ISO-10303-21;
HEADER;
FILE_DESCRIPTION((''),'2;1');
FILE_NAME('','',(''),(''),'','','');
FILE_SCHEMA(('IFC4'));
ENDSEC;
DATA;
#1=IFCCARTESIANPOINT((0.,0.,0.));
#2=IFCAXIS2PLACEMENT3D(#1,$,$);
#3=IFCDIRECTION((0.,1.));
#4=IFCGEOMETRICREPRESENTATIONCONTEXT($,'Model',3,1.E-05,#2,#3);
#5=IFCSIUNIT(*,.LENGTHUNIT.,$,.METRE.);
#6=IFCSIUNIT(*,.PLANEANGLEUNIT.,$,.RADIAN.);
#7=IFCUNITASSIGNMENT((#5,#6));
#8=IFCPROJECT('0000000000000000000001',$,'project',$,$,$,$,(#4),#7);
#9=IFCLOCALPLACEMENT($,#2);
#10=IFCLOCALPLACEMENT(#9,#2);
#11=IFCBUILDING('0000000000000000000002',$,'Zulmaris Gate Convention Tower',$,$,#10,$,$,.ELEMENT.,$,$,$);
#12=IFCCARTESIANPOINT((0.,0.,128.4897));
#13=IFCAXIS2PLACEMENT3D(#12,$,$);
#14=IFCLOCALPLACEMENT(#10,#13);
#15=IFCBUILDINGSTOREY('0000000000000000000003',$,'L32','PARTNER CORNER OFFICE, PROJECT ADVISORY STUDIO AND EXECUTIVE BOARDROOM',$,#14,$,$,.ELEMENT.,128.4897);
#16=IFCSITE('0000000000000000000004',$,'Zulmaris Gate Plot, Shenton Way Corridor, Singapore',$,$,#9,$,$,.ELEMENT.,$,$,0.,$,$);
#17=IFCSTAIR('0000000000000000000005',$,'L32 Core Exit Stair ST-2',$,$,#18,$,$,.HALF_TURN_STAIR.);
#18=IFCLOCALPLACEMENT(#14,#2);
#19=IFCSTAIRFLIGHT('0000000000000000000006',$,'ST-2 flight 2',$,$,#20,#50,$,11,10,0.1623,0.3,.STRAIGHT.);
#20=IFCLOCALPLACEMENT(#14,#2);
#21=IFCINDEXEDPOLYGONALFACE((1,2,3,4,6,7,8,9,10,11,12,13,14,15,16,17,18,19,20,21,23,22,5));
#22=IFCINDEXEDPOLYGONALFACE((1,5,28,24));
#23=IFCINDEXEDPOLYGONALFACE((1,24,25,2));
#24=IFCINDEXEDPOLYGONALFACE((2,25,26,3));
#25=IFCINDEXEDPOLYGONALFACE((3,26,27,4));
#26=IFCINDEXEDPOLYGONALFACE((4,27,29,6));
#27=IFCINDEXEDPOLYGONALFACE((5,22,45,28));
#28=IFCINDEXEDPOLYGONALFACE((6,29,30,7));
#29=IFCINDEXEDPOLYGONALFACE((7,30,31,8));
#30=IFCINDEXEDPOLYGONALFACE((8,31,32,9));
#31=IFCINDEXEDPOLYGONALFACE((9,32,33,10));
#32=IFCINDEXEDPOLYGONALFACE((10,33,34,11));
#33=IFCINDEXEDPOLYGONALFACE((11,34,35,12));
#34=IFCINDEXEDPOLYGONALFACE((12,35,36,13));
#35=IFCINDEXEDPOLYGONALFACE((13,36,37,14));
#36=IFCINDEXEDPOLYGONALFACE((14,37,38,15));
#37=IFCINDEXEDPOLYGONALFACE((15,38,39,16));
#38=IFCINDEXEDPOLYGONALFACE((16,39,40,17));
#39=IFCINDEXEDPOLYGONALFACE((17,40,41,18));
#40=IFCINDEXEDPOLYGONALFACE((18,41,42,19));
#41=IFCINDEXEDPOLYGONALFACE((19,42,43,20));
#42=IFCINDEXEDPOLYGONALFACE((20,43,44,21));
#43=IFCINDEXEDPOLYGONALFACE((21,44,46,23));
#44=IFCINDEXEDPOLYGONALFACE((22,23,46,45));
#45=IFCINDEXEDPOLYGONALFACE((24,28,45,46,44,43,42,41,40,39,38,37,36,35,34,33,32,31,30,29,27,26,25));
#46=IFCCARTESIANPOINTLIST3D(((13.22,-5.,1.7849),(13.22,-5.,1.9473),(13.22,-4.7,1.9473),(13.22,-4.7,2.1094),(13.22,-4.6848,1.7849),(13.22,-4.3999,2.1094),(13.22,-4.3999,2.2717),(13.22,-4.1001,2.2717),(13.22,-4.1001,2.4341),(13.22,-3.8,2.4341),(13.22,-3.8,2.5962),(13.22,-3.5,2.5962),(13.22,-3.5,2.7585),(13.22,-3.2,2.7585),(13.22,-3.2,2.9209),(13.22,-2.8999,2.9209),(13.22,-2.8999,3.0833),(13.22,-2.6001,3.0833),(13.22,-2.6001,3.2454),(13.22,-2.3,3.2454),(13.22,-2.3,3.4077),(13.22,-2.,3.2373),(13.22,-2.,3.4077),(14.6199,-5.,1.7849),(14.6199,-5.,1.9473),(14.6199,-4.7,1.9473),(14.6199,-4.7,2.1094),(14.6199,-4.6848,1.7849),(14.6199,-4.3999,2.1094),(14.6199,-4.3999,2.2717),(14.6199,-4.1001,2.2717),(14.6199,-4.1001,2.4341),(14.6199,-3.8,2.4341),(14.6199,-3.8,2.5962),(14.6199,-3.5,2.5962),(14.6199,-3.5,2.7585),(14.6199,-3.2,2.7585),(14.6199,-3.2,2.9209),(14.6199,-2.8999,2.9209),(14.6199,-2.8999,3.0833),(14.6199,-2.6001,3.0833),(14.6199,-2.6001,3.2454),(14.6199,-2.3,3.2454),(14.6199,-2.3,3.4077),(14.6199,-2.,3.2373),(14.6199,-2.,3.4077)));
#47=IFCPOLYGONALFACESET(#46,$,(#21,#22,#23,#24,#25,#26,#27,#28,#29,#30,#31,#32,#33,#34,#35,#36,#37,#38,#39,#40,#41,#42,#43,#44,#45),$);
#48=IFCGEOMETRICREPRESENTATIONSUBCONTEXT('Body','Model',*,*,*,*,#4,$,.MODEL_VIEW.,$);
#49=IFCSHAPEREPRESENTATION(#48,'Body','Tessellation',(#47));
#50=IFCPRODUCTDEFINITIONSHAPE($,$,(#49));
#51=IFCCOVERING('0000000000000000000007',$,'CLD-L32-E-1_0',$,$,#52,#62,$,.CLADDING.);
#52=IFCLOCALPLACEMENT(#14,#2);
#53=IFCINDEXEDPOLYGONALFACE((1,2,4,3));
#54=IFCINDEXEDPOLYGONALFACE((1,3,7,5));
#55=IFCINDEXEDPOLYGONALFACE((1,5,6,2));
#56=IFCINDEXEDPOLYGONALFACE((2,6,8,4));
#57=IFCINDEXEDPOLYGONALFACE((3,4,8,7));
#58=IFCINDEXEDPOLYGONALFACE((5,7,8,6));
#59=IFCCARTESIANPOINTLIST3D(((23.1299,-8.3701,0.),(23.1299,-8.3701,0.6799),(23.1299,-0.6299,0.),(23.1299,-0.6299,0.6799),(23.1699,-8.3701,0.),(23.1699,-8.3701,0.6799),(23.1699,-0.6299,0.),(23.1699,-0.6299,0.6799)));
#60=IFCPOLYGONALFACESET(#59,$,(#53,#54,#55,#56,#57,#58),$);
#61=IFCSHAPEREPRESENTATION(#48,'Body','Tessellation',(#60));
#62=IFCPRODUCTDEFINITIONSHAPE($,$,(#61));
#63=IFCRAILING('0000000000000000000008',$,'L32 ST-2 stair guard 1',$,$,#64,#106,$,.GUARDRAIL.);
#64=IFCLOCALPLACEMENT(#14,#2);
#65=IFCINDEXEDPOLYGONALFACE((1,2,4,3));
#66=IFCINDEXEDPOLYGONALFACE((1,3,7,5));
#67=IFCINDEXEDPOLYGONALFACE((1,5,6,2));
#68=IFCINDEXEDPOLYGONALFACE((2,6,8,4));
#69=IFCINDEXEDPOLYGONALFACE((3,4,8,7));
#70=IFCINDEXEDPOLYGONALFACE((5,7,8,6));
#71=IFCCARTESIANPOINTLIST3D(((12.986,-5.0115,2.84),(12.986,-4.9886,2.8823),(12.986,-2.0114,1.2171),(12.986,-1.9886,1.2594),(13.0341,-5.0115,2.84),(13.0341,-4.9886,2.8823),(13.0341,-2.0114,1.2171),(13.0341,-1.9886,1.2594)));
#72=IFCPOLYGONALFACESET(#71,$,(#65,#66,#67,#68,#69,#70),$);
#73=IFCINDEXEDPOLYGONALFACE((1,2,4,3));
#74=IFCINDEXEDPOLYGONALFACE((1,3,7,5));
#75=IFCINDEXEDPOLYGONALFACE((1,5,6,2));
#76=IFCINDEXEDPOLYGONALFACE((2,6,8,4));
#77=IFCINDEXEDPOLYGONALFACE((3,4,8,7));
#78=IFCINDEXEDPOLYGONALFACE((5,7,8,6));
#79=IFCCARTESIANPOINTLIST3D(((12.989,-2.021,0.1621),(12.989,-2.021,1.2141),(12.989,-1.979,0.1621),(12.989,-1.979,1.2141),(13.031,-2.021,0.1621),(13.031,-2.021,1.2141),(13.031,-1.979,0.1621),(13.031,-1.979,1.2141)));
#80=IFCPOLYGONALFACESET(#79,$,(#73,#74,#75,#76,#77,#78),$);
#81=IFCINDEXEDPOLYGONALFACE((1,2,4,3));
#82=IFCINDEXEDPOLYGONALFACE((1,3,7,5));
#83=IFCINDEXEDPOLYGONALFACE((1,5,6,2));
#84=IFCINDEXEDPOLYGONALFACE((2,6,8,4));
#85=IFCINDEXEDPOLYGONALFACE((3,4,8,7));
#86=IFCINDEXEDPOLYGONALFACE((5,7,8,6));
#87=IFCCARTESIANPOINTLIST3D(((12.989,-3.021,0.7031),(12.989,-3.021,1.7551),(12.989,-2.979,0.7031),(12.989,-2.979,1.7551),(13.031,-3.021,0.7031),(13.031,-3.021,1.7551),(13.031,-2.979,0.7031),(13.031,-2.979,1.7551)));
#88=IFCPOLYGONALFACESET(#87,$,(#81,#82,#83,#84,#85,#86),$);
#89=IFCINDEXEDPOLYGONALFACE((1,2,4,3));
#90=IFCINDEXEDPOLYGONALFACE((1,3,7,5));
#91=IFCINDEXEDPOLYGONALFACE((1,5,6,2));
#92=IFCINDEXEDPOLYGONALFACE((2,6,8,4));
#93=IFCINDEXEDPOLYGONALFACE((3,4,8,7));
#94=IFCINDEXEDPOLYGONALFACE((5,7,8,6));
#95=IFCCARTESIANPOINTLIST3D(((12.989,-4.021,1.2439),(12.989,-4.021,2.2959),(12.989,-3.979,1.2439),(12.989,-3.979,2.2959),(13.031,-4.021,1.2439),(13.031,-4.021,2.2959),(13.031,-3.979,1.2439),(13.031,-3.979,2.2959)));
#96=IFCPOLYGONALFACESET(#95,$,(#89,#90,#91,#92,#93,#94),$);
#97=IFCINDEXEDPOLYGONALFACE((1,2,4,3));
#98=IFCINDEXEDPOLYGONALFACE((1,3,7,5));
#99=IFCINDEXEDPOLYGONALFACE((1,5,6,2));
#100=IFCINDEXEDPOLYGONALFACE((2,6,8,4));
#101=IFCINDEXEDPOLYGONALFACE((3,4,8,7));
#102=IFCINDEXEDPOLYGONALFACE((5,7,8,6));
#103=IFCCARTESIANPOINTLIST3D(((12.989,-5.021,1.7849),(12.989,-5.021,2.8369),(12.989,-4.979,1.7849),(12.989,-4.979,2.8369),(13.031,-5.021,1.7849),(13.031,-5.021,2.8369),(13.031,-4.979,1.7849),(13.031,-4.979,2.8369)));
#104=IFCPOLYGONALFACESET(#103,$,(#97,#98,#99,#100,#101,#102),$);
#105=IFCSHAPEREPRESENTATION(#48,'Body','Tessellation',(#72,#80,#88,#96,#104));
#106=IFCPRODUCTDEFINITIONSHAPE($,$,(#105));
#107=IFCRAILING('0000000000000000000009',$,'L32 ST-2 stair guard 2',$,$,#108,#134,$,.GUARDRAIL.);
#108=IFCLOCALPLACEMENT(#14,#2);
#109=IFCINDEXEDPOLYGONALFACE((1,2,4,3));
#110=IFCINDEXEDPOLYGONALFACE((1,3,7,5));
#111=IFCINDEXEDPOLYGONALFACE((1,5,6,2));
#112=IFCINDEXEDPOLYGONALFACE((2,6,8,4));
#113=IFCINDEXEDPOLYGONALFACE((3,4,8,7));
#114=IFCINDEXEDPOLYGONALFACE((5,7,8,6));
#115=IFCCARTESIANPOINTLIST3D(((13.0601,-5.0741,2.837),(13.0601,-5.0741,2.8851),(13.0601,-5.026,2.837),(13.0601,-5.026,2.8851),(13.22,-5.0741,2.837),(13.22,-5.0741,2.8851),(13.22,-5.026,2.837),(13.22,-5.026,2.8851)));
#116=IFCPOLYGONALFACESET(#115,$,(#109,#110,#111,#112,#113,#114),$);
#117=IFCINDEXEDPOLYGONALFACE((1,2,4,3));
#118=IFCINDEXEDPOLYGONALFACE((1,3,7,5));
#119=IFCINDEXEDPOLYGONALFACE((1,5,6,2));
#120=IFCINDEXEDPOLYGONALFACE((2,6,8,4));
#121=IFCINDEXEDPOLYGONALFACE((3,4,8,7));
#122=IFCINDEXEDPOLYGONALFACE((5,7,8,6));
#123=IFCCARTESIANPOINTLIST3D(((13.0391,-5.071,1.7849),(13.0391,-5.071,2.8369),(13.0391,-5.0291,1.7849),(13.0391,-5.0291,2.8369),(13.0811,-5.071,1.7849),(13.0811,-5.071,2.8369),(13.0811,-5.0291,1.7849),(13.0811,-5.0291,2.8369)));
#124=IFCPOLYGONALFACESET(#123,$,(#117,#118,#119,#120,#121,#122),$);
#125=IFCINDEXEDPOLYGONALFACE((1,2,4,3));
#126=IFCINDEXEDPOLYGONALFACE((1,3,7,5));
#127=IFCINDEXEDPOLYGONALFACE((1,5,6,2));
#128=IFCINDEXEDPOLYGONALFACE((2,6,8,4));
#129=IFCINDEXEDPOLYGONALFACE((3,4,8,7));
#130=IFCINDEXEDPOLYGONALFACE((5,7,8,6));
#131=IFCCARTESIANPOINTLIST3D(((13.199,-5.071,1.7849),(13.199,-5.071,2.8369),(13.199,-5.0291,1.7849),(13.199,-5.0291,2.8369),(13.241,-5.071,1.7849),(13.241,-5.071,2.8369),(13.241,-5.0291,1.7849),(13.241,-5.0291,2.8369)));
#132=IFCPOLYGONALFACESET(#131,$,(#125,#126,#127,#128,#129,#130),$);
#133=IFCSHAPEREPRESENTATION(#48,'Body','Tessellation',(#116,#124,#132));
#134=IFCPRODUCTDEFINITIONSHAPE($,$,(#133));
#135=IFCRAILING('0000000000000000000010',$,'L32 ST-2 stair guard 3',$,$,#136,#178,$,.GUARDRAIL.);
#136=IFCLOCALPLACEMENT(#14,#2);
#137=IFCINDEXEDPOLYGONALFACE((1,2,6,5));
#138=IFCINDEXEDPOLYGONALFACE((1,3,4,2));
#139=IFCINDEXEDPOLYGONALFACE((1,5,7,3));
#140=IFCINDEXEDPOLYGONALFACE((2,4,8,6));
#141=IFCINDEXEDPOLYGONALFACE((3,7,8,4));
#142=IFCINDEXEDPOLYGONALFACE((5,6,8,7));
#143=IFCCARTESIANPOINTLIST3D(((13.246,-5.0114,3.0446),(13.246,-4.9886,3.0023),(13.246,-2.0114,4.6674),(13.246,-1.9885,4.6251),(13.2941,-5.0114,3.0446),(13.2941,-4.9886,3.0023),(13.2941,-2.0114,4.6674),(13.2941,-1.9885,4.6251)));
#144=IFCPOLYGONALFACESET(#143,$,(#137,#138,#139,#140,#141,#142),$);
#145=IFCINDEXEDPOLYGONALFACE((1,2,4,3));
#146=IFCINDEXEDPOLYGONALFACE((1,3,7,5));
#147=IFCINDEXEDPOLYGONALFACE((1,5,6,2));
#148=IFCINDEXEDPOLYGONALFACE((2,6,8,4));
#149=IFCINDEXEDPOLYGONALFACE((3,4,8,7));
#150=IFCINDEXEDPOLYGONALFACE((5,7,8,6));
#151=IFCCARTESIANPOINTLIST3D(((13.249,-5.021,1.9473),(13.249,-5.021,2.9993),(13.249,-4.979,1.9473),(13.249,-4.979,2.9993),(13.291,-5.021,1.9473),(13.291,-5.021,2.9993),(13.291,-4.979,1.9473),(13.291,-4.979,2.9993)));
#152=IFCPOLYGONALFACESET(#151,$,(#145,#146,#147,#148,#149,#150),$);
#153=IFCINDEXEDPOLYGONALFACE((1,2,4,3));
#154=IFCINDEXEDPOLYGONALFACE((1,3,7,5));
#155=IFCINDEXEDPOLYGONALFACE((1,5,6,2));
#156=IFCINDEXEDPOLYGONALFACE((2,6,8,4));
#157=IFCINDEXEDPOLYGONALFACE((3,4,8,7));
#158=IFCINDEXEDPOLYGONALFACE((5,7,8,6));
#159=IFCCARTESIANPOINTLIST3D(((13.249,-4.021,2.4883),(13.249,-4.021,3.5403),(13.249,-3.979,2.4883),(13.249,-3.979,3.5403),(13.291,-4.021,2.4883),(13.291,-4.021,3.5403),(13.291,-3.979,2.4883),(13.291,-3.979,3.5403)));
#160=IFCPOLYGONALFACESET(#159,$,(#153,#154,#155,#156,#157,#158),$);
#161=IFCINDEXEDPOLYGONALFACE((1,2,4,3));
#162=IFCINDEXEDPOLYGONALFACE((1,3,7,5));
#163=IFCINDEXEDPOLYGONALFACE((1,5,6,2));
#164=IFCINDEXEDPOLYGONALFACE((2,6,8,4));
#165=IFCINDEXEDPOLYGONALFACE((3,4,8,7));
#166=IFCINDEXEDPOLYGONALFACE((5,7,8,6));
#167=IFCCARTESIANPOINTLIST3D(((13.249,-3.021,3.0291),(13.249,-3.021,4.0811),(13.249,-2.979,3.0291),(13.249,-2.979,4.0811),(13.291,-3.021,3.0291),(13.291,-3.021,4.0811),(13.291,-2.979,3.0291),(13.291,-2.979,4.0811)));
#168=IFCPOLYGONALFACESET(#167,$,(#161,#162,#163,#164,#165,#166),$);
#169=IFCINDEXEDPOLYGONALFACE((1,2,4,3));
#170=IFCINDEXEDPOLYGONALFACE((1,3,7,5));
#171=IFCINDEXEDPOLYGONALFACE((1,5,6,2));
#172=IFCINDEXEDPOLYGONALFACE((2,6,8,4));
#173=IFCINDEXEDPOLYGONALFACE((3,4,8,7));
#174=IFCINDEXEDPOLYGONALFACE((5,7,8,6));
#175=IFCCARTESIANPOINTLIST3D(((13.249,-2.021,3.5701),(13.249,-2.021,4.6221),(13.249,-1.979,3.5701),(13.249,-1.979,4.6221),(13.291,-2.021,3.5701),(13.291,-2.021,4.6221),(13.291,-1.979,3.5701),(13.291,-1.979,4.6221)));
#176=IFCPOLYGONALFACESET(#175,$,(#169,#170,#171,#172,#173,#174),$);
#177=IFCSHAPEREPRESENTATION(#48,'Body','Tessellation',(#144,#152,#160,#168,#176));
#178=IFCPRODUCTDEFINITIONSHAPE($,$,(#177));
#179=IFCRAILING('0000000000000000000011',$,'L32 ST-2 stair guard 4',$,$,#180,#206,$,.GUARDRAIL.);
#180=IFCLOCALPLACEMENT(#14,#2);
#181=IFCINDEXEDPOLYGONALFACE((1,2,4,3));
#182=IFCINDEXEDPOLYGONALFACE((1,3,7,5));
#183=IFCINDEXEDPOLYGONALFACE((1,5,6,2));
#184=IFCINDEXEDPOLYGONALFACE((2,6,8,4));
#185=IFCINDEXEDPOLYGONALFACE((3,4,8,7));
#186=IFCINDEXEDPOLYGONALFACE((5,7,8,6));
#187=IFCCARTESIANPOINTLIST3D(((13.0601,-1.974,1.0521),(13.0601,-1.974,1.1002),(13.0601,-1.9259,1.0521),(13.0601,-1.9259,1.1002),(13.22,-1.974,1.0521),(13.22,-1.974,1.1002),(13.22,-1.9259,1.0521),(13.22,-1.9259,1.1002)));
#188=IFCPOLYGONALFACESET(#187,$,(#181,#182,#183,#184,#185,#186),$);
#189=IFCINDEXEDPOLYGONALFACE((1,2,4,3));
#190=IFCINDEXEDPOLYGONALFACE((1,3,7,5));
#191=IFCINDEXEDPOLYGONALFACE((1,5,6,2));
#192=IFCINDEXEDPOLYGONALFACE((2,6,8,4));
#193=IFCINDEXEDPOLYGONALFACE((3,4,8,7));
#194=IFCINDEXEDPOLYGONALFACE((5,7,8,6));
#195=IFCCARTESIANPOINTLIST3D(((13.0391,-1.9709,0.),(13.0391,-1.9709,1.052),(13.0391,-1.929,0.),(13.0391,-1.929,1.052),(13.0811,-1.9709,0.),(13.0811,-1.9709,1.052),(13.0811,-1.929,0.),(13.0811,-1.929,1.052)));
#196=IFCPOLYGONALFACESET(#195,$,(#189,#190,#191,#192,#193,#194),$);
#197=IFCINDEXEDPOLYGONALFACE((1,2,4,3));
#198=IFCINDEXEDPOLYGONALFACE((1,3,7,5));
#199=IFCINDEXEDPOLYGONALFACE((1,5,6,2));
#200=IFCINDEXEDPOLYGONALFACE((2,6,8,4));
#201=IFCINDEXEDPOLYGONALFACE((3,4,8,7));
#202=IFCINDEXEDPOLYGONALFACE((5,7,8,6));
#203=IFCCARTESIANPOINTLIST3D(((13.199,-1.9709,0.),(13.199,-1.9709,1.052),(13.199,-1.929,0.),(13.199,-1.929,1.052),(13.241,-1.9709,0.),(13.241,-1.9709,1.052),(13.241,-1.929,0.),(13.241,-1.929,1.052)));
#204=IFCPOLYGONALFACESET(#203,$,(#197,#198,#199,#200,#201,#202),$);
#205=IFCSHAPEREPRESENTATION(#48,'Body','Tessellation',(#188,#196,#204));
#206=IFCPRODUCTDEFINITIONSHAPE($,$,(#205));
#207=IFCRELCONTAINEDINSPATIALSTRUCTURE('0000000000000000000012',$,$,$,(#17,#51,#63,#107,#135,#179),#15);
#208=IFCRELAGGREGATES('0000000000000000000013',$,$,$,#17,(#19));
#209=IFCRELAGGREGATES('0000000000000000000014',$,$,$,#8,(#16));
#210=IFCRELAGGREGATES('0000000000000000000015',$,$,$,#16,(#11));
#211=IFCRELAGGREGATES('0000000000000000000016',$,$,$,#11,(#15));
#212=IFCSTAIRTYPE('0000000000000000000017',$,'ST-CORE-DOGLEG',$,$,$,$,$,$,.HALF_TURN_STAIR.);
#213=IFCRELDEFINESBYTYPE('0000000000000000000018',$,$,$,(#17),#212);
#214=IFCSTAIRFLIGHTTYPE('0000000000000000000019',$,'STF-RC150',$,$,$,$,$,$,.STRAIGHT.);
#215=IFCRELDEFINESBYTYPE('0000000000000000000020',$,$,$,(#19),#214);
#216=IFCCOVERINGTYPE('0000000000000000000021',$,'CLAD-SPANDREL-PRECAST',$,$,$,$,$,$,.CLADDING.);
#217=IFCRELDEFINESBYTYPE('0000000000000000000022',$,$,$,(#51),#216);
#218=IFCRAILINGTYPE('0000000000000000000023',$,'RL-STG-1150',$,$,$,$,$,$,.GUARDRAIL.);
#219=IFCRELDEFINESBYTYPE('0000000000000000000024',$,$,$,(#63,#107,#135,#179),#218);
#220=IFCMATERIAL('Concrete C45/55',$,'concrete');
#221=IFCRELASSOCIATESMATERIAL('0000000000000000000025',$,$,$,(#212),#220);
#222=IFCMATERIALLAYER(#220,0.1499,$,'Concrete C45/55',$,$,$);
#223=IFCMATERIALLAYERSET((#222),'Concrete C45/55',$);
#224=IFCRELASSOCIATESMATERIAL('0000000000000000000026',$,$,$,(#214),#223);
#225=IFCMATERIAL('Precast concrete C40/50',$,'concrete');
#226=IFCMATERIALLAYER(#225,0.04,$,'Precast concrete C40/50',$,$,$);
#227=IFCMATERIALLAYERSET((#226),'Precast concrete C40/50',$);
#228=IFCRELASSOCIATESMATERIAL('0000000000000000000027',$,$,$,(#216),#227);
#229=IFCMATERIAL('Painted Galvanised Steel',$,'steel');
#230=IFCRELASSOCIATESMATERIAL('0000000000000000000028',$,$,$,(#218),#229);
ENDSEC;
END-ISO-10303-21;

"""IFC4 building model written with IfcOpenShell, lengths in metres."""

from ifc_helpers import new_model, si_unit, direction, frame, frame_2d, origin, origin_2d, place, context, subcontext, project, spatial, polyline, rectangle, outline, extrude, material, layer, layer_set, type_object, element, aggregate, save


model = new_model("IFC4")

# Units and contexts
model_context = context("Model", 3, precision=1e-05, world=origin(), true_north=direction((0.0, 1.0)))
body_context = subcontext(model_context, "Body", "Model", "MODEL_VIEW")
ifc_project = project(units=[si_unit("LENGTHUNIT", "METRE"), si_unit("PLANEANGLEUNIT", "RADIAN")], contexts=[model_context])

# Site, building, storey
site_placement = place(None, origin())
site = spatial("IfcSite", under=ifc_project, at=site_placement, Name="Zulmaris Gate Plot, Shenton Way Corridor, Singapore", CompositionType="ELEMENT", RefElevation=0.0)
building_placement = place(site_placement, origin())
building = spatial("IfcBuilding", under=site, at=building_placement, Name="Zulmaris Gate Convention Tower", CompositionType="ELEMENT")
storey_placement = place(building_placement, frame((0.0, 0.0, 128.4897)))
storey = spatial("IfcBuildingStorey", under=building, at=storey_placement, Name="L32", Description="PARTNER CORNER OFFICE, PROJECT ADVISORY STUDIO AND EXECUTIVE BOARDROOM", CompositionType="ELEMENT", Elevation=128.4897)

# Shared definitions
ifc_material_1 = material(Name="Precast concrete C40/50", Category="concrete")

# Stair, stair flight
ifc_material_2 = material(Name="Concrete C45/55", Category="concrete")
stair_type = type_object("IfcStairType", Name="ST-CORE-DOGLEG", PredefinedType="HALF_TURN_STAIR", material=ifc_material_2)
stair_placement = place(storey_placement, origin())
stair = element("IfcStair", 1, at=stair_placement, inside=storey, type_object=stair_type, Name="L32 Core Exit Stair ST-2", PredefinedType="HALF_TURN_STAIR")
ifc_layer_1 = layer(ifc_material_2, 0.1499, Name="Concrete C45/55")
ifc_layer_set_1 = layer_set([ifc_layer_1], Name="Concrete C45/55")
stair_flight_type = type_object("IfcStairFlightType", Name="STF-RC150", PredefinedType="STRAIGHT", material=ifc_layer_set_1)
stair_flight_placement = place(storey_placement, frame((13.9199, -5.0, 1.7849), z_axis=(0.0, 0.0, 1.0), x_axis=(0.0, 1.0, 0.0)))
stair_flight = element("IfcStairFlight", 2, at=stair_flight_placement, type_object=stair_flight_type, Name="ST-2 flight 2", NumberOfRisers=11, NumberOfTreads=10, PredefinedType="STRAIGHT", RiserHeight=0.1623, TreadLength=0.3, context=body_context, shape_type="SweptSolid", body=[
    extrude(outline(polyline([(0.0, 0.0), (0.0, 0.1624), (0.3, 0.1624), (0.3, 0.3245), (0.6001, 0.3245), (0.6001, 0.4868), (0.8999, 0.4868), (0.8999, 0.6492), (1.2, 0.6492), (1.2, 0.8113), (1.5, 0.8113), (1.5, 0.9736), (1.8, 0.9736), (1.8, 1.136), (2.1001, 1.136), (2.1001, 1.2983), (2.3999, 1.2983), (2.3999, 1.4604), (2.7, 1.4604), (2.7, 1.6228), (3.0, 1.6228), (3.0, 1.7852), (3.0, 1.4524), (0.3152, 0.0), (0.0, 0.0)])), frame((0.0, 0.7, 0.0), z_axis=(0.0, -1.0, 0.0), x_axis=(1.0, 0.0, 0.0)), (0.0, 0.0, 1.0), 1.3999),
])
aggregate(stair, [stair_flight])

# Covering
ifc_layer_2 = layer(ifc_material_1, 0.04, Name="Precast concrete C40/50")
ifc_layer_set_2 = layer_set([ifc_layer_2], Name="Precast concrete C40/50")
covering_type = type_object("IfcCoveringType", Name="CLAD-SPANDREL-PRECAST", PredefinedType="CLADDING", material=ifc_layer_set_2)
covering_placement = place(storey_placement, frame((23.1499, -8.3701, 0.0), z_axis=(0.0, 0.0, 1.0), x_axis=(0.0, 1.0, 0.0)))
element("IfcCovering", 3, at=covering_placement, inside=storey, type_object=covering_type, Name="CLD-L32-E-1_0", PredefinedType="CLADDING", context=body_context, shape_type="SweptSolid", body=[
    extrude(rectangle(XDim=7.7402, YDim=0.04, at=frame_2d((3.8701, 0.0))), origin(), (0.0, 0.0, 1.0), 0.6799),
])

# Railings
ifc_material_3 = material(Name="Painted Galvanised Steel", Category="steel")
railing_type_1 = type_object("IfcRailingType", Name="RL-STG-1150", PredefinedType="GUARDRAIL", material=ifc_material_3)
railing_1_placement = place(storey_placement, frame((13.01, -2.0, 0.1621)))
element("IfcRailing", 4, at=railing_1_placement, inside=storey, type_object=railing_type_1, Name="L32 ST-2 stair guard 1", PredefinedType="GUARDRAIL", context=body_context, shape_type="SweptSolid", body=[
    extrude(rectangle(XDim=0.0481, YDim=0.0481, at=origin_2d()), frame((0.0, 0.0, 1.0762), z_axis=(0.0, -0.879562, 0.475785), x_axis=(1.0, 0.0, 0.0)), (0.0, 0.0, 1.0), 3.4109),
    extrude(rectangle(XDim=0.042, YDim=0.042, at=origin_2d()), origin(), (0.0, 0.0, 1.0), 1.052),
    extrude(rectangle(XDim=0.042, YDim=0.042, at=origin_2d()), frame((0.0, -1.0, 0.541)), (0.0, 0.0, 1.0), 1.052),
    extrude(rectangle(XDim=0.042, YDim=0.042, at=origin_2d()), frame((0.0, -2.0, 1.0818)), (0.0, 0.0, 1.0), 1.052),
    extrude(rectangle(XDim=0.042, YDim=0.042, at=origin_2d()), frame((0.0, -3.0, 1.6228)), (0.0, 0.0, 1.0), 1.052),
])
railing_2_placement = place(storey_placement, frame((13.0601, -5.05, 1.7849)))
element("IfcRailing", 5, at=railing_2_placement, inside=storey, type_object=railing_type_1, Name="L32 ST-2 stair guard 2", PredefinedType="GUARDRAIL", context=body_context, shape_type="SweptSolid", body=[
    extrude(rectangle(XDim=0.0481, YDim=0.0481, at=origin_2d()), frame((0.0, 0.0, 1.0762), z_axis=(1.0, 0.0, 0.0), x_axis=(0.0, 1.0, 0.0)), (0.0, 0.0, 1.0), 0.1599),
    extrude(rectangle(XDim=0.042, YDim=0.042, at=origin_2d()), origin(), (0.0, 0.0, 1.0), 1.052),
    extrude(rectangle(XDim=0.042, YDim=0.042, at=origin_2d()), frame((0.1599, 0.0, 0.0)), (0.0, 0.0, 1.0), 1.052),
])
railing_3_placement = place(storey_placement, frame((13.27, -5.0, 1.9473)))
element("IfcRailing", 6, at=railing_3_placement, inside=storey, type_object=railing_type_1, Name="L32 ST-2 stair guard 3", PredefinedType="GUARDRAIL", context=body_context, shape_type="SweptSolid", body=[
    extrude(rectangle(XDim=0.0481, YDim=0.0481, at=origin_2d()), frame((0.0, 0.0, 1.0762), z_axis=(0.0, 0.879562, 0.475785), x_axis=(-1.0, 0.0, 0.0)), (0.0, 0.0, 1.0), 3.4109),
    extrude(rectangle(XDim=0.042, YDim=0.042, at=origin_2d()), origin(), (0.0, 0.0, 1.0), 1.052),
    extrude(rectangle(XDim=0.042, YDim=0.042, at=origin_2d()), frame((0.0, 1.0, 0.541)), (0.0, 0.0, 1.0), 1.052),
    extrude(rectangle(XDim=0.042, YDim=0.042, at=origin_2d()), frame((0.0, 2.0, 1.0818)), (0.0, 0.0, 1.0), 1.052),
    extrude(rectangle(XDim=0.042, YDim=0.042, at=origin_2d()), frame((0.0, 3.0, 1.6228)), (0.0, 0.0, 1.0), 1.052),
])
railing_4_placement = place(storey_placement, frame((13.0601, -1.95, 0.0)))
element("IfcRailing", 7, at=railing_4_placement, inside=storey, type_object=railing_type_1, Name="L32 ST-2 stair guard 4", PredefinedType="GUARDRAIL", context=body_context, shape_type="SweptSolid", body=[
    extrude(rectangle(XDim=0.0481, YDim=0.0481, at=origin_2d()), frame((0.0, 0.0, 1.0762), z_axis=(1.0, 0.0, 0.0), x_axis=(0.0, 1.0, 0.0)), (0.0, 0.0, 1.0), 0.1599),
    extrude(rectangle(XDim=0.042, YDim=0.042, at=origin_2d()), origin(), (0.0, 0.0, 1.0), 1.052),
    extrude(rectangle(XDim=0.042, YDim=0.042, at=origin_2d()), frame((0.1599, 0.0, 0.0)), (0.0, 0.0, 1.0), 1.052),
])

save(model, "model.ifc")
